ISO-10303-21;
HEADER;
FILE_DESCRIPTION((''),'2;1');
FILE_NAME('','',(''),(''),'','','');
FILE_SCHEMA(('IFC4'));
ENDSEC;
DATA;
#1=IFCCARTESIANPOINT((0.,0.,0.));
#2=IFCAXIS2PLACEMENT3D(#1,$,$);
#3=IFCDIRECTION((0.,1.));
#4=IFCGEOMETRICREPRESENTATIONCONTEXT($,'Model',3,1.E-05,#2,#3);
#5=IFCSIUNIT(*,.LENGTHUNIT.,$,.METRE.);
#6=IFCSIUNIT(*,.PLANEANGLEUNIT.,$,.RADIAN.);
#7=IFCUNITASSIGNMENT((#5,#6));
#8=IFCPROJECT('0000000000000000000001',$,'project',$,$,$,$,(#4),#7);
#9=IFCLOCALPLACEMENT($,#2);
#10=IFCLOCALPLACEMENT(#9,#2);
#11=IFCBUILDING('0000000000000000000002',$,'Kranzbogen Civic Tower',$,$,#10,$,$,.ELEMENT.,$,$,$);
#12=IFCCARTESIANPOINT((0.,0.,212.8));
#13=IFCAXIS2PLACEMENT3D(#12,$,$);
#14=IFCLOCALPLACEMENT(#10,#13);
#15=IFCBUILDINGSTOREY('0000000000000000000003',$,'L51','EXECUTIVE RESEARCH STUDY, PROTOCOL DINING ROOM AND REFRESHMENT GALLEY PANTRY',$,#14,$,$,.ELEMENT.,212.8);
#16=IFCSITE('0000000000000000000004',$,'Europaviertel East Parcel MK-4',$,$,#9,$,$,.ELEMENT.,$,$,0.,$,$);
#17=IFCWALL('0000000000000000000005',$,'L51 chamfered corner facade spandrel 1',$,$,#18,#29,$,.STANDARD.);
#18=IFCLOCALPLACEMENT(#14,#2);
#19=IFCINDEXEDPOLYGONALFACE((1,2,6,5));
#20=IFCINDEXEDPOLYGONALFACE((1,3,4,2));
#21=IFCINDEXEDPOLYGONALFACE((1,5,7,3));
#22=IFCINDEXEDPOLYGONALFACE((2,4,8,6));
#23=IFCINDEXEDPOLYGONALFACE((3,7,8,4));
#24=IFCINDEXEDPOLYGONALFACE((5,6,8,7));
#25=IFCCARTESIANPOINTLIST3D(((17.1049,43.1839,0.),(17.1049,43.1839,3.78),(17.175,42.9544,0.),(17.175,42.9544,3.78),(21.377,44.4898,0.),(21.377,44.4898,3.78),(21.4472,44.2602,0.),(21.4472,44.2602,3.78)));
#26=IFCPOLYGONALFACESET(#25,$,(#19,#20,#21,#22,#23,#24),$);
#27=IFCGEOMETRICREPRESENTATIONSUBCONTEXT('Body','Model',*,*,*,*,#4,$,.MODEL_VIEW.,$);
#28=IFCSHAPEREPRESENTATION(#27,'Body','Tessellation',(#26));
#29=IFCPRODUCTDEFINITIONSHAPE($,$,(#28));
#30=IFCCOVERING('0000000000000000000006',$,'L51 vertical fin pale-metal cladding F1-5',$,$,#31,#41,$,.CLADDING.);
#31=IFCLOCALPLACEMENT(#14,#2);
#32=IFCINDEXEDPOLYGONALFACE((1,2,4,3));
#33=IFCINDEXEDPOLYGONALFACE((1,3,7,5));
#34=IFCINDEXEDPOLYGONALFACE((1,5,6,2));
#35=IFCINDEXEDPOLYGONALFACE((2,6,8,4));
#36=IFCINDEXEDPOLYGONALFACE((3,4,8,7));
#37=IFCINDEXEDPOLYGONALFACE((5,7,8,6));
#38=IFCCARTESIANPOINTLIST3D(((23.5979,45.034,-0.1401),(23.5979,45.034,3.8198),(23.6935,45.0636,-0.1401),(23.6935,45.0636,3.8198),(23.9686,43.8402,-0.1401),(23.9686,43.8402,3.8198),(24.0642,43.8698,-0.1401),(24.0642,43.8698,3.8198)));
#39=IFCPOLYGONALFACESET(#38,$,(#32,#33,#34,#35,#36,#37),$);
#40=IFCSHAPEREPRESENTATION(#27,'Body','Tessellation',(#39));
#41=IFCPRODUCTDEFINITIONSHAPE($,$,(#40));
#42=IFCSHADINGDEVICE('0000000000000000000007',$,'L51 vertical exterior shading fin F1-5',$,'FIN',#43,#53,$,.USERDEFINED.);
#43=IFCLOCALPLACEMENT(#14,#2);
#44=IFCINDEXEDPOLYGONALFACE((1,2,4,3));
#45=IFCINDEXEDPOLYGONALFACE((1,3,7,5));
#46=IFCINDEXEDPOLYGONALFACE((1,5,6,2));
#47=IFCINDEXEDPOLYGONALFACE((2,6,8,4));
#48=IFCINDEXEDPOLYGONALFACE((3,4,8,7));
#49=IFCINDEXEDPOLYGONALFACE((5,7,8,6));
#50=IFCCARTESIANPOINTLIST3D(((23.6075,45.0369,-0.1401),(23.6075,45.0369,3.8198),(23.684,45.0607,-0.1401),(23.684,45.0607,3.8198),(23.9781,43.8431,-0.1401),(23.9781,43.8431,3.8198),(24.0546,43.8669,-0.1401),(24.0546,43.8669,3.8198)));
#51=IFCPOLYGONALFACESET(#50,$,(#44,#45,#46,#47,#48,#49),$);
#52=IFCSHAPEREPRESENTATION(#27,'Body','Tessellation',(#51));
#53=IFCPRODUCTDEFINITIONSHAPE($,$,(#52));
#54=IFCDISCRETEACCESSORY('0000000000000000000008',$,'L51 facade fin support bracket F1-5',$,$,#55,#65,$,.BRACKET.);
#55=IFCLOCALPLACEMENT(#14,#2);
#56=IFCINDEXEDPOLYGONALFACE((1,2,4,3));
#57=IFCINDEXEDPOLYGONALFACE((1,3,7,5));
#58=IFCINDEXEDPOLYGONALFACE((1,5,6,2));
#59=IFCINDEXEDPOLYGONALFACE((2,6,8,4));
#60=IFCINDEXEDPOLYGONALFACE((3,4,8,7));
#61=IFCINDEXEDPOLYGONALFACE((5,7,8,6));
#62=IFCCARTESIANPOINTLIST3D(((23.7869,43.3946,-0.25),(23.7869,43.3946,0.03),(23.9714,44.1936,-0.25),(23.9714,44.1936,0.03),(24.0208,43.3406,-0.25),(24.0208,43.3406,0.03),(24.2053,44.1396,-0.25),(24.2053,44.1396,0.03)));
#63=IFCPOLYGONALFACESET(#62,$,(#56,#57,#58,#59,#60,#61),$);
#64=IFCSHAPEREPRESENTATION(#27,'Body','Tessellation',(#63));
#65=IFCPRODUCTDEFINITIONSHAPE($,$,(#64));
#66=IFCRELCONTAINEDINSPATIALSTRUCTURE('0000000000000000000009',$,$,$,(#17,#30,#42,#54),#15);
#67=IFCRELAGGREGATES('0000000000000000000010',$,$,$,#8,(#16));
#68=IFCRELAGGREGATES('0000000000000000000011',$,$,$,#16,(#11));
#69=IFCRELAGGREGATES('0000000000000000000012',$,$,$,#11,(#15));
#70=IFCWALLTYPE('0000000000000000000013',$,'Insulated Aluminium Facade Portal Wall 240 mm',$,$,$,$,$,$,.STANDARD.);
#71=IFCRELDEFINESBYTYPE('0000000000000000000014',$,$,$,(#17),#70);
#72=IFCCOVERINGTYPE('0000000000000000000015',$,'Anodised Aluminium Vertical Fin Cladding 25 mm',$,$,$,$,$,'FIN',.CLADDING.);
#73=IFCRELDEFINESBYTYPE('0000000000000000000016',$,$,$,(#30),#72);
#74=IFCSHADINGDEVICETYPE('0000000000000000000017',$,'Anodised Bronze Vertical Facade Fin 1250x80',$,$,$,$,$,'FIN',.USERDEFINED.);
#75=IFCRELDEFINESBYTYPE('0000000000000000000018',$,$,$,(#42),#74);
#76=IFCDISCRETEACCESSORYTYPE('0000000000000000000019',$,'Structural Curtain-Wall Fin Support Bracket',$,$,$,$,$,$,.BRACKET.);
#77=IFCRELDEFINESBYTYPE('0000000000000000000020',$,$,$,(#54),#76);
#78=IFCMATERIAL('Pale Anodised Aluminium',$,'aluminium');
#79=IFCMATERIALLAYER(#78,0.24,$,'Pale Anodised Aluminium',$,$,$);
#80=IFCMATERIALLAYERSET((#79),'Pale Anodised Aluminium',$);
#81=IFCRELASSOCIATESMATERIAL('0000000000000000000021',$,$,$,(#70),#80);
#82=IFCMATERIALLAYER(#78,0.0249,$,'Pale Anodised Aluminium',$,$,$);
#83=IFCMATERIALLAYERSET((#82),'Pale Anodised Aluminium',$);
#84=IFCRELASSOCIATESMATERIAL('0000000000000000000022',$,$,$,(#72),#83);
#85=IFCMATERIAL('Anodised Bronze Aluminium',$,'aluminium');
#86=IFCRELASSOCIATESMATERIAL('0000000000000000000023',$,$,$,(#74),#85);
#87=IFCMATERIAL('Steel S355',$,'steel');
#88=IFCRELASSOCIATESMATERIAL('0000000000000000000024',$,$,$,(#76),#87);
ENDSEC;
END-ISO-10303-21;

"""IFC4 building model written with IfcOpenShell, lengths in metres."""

from ifc_helpers import new_model, si_unit, direction, frame, frame_2d, origin, origin_2d, place, context, subcontext, project, spatial, rectangle, extrude, material, layer, layer_set, type_object, element, save


model = new_model("IFC4")

# Units and contexts
model_context = context("Model", 3, precision=1e-05, world=origin(), true_north=direction((0.0, 1.0)))
body_context = subcontext(model_context, "Body", "Model", "MODEL_VIEW")
ifc_project = project(units=[si_unit("LENGTHUNIT", "METRE"), si_unit("PLANEANGLEUNIT", "RADIAN")], contexts=[model_context])

# Site, building, storey
site_placement = place(None, origin())
site = spatial("IfcSite", under=ifc_project, at=site_placement, Name="Europaviertel East Parcel MK-4", CompositionType="ELEMENT", RefElevation=0.0)
building_placement = place(site_placement, origin())
building = spatial("IfcBuilding", under=site, at=building_placement, Name="Kranzbogen Civic Tower", CompositionType="ELEMENT")
storey_placement = place(building_placement, frame((0.0, 0.0, 212.8)))
storey = spatial("IfcBuildingStorey", under=building, at=storey_placement, Name="L51", Description="EXECUTIVE RESEARCH STUDY, PROTOCOL DINING ROOM AND REFRESHMENT GALLEY PANTRY", CompositionType="ELEMENT", Elevation=212.8)

# Shared definitions
ifc_material_1 = material(Name="Steel S355", Category="steel")

# Shared definitions
ifc_material_2 = material(Name="Pale Anodised Aluminium", Category="aluminium")

# Wall
ifc_layer_1 = layer(ifc_material_2, 0.24, Name="Pale Anodised Aluminium")
ifc_layer_set_1 = layer_set([ifc_layer_1], Name="Pale Anodised Aluminium")
wall_type_1 = type_object("IfcWallType", Name="Insulated Aluminium Facade Portal Wall 240 mm", PredefinedType="STANDARD", material=ifc_layer_set_1)
wall_1_placement = place(storey_placement, frame((21.4121, 44.375, 0.0), z_axis=(0.0, 0.0, 1.0), x_axis=(-0.95632, -0.292323, 0.0)))
element("IfcWall", 1, at=wall_1_placement, inside=storey, type_object=wall_type_1, Name="L51 chamfered corner facade spandrel 1", PredefinedType="STANDARD", context=body_context, shape_type="SweptSolid", body=[
    extrude(rectangle(XDim=4.4673, YDim=0.24, at=frame_2d((2.2336, 0.0))), origin(), (0.0, 0.0, 1.0), 3.78),
])

# Covering
ifc_layer_2 = layer(ifc_material_2, 0.0249, Name="Pale Anodised Aluminium")
ifc_layer_set_2 = layer_set([ifc_layer_2], Name="Pale Anodised Aluminium")
covering_type = type_object("IfcCoveringType", Name="Anodised Aluminium Vertical Fin Cladding 25 mm", ElementType="FIN", PredefinedType="CLADDING", material=ifc_layer_set_2)
covering_placement = place(storey_placement, frame((23.8311, 44.4519, -0.1401), z_axis=(0.0, 0.0, 1.0), x_axis=(-0.296492, 0.955035, 0.0)))
element("IfcCovering", 2, at=covering_placement, inside=storey, type_object=covering_type, Name="L51 vertical fin pale-metal cladding F1-5", PredefinedType="CLADDING", context=body_context, shape_type="SweptSolid", body=[
    extrude(rectangle(XDim=1.25, YDim=0.1001, at=origin_2d()), origin(), (0.0, 0.0, 1.0), 3.96),
])

# Shading device
ifc_material_3 = material(Name="Anodised Bronze Aluminium", Category="aluminium")
shading_device_type = type_object("IfcShadingDeviceType", Name="Anodised Bronze Vertical Facade Fin 1250x80", ElementType="FIN", PredefinedType="USERDEFINED", material=ifc_material_3)
shading_device_placement = place(storey_placement, frame((23.8311, 44.4519, -0.1401), z_axis=(0.0, 0.0, 1.0), x_axis=(-0.296492, 0.955035, 0.0)))
element("IfcShadingDevice", 3, at=shading_device_placement, inside=storey, type_object=shading_device_type, Name="L51 vertical exterior shading fin F1-5", ObjectType="FIN", PredefinedType="USERDEFINED", context=body_context, shape_type="SweptSolid", body=[
    extrude(rectangle(XDim=1.25, YDim=0.0801, at=origin_2d()), origin(), (0.0, 0.0, 1.0), 3.96),
])

# Discrete accessory
discrete_accessory_type = type_object("IfcDiscreteAccessoryType", Name="Structural Curtain-Wall Fin Support Bracket", PredefinedType="BRACKET", material=ifc_material_1)
discrete_accessory_placement = place(storey_placement, frame((23.9961, 43.7671, -0.25), z_axis=(0.0, 0.0, 1.0), x_axis=(0.224951, 0.97437, 0.0)))
element("IfcDiscreteAccessory", 4, at=discrete_accessory_placement, inside=storey, type_object=discrete_accessory_type, Name="L51 facade fin support bracket F1-5", PredefinedType="BRACKET", context=body_context, shape_type="SweptSolid", body=[
    extrude(rectangle(XDim=0.8201, YDim=0.24, at=origin_2d()), origin(), (0.0, 0.0, 1.0), 0.28),
])

save(model, "model.ifc")
